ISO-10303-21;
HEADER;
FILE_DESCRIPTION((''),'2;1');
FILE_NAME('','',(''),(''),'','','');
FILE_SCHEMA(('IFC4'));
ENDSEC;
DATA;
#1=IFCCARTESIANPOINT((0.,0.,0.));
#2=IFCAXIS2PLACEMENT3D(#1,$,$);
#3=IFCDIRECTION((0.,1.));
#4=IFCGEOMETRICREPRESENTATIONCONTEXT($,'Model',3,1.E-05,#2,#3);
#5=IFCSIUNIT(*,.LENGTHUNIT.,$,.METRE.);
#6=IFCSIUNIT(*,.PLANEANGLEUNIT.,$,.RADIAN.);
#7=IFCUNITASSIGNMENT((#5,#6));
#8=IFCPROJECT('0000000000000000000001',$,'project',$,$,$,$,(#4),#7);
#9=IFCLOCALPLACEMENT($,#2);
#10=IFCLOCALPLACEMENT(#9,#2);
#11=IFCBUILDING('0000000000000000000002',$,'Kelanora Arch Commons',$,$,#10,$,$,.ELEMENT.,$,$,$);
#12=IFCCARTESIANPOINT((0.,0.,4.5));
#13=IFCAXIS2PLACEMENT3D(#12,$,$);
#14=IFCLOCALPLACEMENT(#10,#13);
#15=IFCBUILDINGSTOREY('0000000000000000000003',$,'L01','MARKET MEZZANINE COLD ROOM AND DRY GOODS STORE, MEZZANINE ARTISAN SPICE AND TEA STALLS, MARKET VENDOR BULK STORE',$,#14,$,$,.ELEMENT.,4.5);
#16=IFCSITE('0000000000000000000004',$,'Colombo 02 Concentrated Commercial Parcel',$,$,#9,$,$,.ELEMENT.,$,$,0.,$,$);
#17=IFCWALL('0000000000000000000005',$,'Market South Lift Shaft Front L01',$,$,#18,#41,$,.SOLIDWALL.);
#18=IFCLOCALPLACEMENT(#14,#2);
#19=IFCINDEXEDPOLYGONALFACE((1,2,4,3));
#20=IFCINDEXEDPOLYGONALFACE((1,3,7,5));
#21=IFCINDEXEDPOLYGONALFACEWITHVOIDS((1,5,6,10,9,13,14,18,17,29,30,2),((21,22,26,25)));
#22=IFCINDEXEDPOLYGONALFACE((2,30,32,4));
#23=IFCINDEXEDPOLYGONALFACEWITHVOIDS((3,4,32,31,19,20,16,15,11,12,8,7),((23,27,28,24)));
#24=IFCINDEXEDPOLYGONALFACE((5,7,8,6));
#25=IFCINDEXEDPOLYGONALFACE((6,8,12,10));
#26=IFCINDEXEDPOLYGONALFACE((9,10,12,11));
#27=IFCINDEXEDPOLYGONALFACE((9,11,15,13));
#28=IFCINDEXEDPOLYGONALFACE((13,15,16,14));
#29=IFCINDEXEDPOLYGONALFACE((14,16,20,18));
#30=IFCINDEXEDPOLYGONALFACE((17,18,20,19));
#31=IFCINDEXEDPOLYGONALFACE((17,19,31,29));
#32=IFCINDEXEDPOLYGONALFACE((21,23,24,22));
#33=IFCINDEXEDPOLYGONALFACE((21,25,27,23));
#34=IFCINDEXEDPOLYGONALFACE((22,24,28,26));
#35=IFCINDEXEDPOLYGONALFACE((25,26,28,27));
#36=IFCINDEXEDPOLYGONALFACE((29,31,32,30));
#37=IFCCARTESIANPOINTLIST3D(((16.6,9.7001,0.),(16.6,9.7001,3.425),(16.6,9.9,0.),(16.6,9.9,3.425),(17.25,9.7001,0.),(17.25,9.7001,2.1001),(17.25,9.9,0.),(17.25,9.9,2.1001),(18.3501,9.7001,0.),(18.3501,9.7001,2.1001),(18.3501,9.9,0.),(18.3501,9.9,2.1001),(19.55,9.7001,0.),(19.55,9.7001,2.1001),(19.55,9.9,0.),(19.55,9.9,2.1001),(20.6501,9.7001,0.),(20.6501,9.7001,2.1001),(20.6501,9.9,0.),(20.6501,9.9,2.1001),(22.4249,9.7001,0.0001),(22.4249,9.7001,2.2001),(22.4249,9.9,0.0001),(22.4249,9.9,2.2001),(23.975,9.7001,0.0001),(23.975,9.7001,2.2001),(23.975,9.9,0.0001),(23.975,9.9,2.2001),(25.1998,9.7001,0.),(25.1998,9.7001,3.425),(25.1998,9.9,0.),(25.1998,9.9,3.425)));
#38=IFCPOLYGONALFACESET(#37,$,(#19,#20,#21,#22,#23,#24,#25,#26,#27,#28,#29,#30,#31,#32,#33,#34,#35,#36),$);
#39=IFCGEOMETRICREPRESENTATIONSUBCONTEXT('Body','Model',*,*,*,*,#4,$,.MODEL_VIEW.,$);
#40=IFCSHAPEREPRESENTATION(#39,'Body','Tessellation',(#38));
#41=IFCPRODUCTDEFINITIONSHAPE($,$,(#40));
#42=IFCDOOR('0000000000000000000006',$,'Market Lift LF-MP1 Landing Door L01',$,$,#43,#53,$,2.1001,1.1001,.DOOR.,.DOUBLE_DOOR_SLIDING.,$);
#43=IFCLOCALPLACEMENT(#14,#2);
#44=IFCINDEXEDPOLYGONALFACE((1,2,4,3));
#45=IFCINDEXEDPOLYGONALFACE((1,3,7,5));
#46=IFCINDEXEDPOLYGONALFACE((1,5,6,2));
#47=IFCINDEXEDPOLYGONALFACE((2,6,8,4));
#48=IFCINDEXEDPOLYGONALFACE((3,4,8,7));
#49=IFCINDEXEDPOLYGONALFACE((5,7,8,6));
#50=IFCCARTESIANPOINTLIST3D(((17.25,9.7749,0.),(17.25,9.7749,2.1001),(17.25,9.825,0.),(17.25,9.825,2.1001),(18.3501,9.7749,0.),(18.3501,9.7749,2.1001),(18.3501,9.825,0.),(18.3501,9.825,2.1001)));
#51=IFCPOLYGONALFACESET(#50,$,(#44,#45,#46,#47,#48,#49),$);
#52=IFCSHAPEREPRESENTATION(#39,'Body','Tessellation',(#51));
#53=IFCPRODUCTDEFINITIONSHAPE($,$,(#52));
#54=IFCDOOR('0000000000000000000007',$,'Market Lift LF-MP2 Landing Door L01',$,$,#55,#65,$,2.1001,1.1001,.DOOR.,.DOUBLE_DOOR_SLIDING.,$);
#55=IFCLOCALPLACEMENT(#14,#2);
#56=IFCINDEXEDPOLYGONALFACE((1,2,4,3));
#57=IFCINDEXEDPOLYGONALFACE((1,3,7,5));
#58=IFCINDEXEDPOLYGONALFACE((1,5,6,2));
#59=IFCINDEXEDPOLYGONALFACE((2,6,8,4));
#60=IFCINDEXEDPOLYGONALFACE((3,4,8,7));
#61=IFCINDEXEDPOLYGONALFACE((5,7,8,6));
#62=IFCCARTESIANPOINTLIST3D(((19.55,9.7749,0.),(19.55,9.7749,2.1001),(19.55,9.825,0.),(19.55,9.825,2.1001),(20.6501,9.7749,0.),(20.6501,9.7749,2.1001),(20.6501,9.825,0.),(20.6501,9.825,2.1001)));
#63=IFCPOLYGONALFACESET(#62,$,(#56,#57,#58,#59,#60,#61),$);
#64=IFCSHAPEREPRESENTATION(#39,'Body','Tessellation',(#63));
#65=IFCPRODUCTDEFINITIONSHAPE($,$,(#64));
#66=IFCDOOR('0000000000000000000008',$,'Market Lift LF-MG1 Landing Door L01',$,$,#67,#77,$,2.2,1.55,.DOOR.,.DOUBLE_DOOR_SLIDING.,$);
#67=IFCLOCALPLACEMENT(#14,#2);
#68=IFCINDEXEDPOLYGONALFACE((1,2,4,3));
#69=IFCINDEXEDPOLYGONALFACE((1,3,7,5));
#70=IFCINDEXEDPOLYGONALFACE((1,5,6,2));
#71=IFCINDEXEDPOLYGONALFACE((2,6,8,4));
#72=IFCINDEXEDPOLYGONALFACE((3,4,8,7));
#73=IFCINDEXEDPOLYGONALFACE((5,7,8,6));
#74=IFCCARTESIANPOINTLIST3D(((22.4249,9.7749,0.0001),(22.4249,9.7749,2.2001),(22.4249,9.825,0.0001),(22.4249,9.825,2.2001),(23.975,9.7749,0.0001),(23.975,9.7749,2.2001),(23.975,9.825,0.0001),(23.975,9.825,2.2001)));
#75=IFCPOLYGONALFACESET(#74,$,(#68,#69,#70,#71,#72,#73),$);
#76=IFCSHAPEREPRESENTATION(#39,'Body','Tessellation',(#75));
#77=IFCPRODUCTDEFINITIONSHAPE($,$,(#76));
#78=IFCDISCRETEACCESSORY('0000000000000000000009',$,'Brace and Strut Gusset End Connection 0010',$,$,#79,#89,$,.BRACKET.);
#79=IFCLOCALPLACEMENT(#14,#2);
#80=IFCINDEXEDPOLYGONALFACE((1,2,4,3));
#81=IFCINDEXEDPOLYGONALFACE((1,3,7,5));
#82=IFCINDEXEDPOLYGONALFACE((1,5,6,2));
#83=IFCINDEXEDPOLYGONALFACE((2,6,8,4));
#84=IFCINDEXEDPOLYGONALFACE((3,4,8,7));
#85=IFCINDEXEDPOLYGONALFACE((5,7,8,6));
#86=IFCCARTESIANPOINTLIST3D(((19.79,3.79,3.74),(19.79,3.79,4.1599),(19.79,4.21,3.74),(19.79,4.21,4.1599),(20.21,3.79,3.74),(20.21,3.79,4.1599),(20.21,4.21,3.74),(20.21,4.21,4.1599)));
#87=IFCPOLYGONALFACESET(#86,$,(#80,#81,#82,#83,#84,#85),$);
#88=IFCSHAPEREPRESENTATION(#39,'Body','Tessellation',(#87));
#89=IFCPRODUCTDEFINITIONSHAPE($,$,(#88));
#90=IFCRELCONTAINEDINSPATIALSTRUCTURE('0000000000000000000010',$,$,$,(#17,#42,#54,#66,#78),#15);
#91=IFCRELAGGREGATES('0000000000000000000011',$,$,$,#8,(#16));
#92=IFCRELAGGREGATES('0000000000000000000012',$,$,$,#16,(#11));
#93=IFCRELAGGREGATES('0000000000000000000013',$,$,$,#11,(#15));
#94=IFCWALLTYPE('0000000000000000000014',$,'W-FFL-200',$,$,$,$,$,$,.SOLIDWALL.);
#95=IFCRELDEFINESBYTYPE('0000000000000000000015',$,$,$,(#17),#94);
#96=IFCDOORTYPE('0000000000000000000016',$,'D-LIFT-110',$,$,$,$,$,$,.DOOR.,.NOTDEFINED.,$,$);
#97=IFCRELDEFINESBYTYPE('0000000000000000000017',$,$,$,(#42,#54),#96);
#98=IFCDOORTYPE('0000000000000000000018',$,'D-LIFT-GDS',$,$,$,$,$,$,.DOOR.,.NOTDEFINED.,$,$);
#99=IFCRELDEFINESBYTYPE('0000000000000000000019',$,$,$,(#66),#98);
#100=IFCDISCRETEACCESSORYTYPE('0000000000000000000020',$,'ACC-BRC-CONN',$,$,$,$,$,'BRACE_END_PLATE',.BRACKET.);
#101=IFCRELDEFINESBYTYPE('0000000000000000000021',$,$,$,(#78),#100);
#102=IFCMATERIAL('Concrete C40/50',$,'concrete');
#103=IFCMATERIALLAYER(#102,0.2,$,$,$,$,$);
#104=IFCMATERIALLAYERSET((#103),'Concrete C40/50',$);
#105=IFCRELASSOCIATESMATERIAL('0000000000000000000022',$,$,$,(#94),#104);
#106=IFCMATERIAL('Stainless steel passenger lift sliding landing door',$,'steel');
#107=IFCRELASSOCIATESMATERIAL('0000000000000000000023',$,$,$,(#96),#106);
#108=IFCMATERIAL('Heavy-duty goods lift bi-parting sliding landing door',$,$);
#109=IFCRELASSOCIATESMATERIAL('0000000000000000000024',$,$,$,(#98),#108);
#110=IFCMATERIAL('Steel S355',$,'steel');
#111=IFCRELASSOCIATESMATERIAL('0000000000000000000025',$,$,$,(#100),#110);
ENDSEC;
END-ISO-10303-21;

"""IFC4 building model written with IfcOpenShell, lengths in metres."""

from ifc_helpers import new_model, si_unit, direction, frame, frame_2d, origin, origin_2d, place, context, subcontext, project, spatial, rectangle, extrude, source, transform, mapped, material, layer, layer_set, type_object, element, fill, save


model = new_model("IFC4")

# Units and contexts
model_context = context("Model", 3, precision=1e-05, world=origin(), true_north=direction((0.0, 1.0)))
body_context = subcontext(model_context, "Body", "Model", "MODEL_VIEW")
ifc_project = project(units=[si_unit("LENGTHUNIT", "METRE"), si_unit("PLANEANGLEUNIT", "RADIAN")], contexts=[model_context])

# Site, building, storey
site_placement = place(None, origin())
site = spatial("IfcSite", under=ifc_project, at=site_placement, Name="Colombo 02 Concentrated Commercial Parcel", CompositionType="ELEMENT", RefElevation=0.0)
building_placement = place(site_placement, origin())
building = spatial("IfcBuilding", under=site, at=building_placement, Name="Kelanora Arch Commons", CompositionType="ELEMENT")
storey_placement = place(building_placement, frame((0.0, 0.0, 4.5)))
storey = spatial("IfcBuildingStorey", under=building, at=storey_placement, Name="L01", Description="MARKET MEZZANINE COLD ROOM AND DRY GOODS STORE, MEZZANINE ARTISAN SPICE AND TEA STALLS, MARKET VENDOR BULK STORE", CompositionType="ELEMENT", Elevation=4.5)

# Shared definitions
ifc_material_1 = material(Name="Concrete C40/50", Category="concrete")

# Wall, openings, doors
ifc_layer_1 = layer(ifc_material_1, 0.2)
ifc_layer_set_1 = layer_set([ifc_layer_1], Name="Concrete C40/50")
wall_type_1 = type_object("IfcWallType", Name="W-FFL-200", PredefinedType="SOLIDWALL", material=ifc_layer_set_1)
wall_1_placement = place(storey_placement, frame((16.6001, 9.8, 0.0), z_axis=(0.0, 0.0, 1.0), x_axis=(1.0, 0.0, 0.0)))
wall_1 = element("IfcWall", 1, at=wall_1_placement, inside=storey, type_object=wall_type_1, Name="Market South Lift Shaft Front L01", PredefinedType="SOLIDWALL", context=body_context, shape_type="SweptSolid", body=[
    extrude(rectangle(XDim=8.5999, YDim=0.2, at=frame_2d((4.2998, 0.0))), origin(), (0.0, 0.0, 1.0), 3.425),
])
opening_1_placement = place(wall_1_placement, frame((0.6499, 0.0, 0.0)))
opening_1 = element("IfcOpeningElement", 2, at=opening_1_placement, cuts=wall_1, PredefinedType="OPENING", context=body_context, shape_type="SweptSolid", body=[
    extrude(rectangle(XDim=1.1001, YDim=2.1001, at=frame_2d((0.55, 1.05))), frame((0.0, 0.1099, 0.0), z_axis=(0.0, -1.0, 0.0), x_axis=(1.0, 0.0, 0.0)), (0.0, 0.0, 1.0), 0.22),
])
opening_2_placement = place(wall_1_placement, frame((2.95, 0.0, 0.0)))
opening_2 = element("IfcOpeningElement", 3, at=opening_2_placement, cuts=wall_1, PredefinedType="OPENING", context=body_context, shape_type="SweptSolid", body=[
    extrude(rectangle(XDim=1.1001, YDim=2.1001, at=frame_2d((0.55, 1.05))), frame((0.0, 0.1099, 0.0), z_axis=(0.0, -1.0, 0.0), x_axis=(1.0, 0.0, 0.0)), (0.0, 0.0, 1.0), 0.22),
])
opening_3_placement = place(wall_1_placement, frame((5.825, 0.0, 0.0)))
opening_3 = element("IfcOpeningElement", 4, at=opening_3_placement, cuts=wall_1, PredefinedType="OPENING", context=body_context, shape_type="SweptSolid", body=[
    extrude(rectangle(XDim=1.55, YDim=2.2, at=frame_2d((0.7749, 1.1001))), frame((0.0, 0.1099, 0.0), z_axis=(0.0, -1.0, 0.0), x_axis=(1.0, 0.0, 0.0)), (0.0, 0.0, 1.0), 0.22),
])
ifc_material_2 = material(Name="Stainless steel passenger lift sliding landing door", Category="steel")
door_type_1 = type_object("IfcDoorType", Name="D-LIFT-110", OperationType="NOTDEFINED", PredefinedType="DOOR", material=ifc_material_2)
door_1_placement = place(opening_1_placement, origin())
door_1 = element("IfcDoor", 5, at=door_1_placement, inside=storey, type_object=door_type_1, Name="Market Lift LF-MP1 Landing Door L01", OperationType="DOUBLE_DOOR_SLIDING", OverallHeight=2.1001, OverallWidth=1.1001, PredefinedType="DOOR", context=body_context, shape_type="SweptSolid", body=[
    extrude(rectangle(XDim=1.1001, YDim=2.1001, at=frame_2d((0.55, 1.05))), frame((0.0, 0.0249, 0.0), z_axis=(0.0, -1.0, 0.0), x_axis=(1.0, 0.0, 0.0)), (0.0, 0.0, 1.0), 0.05),
])
fill(opening_1, door_1)
door_2_placement = place(opening_2_placement, origin())
door_2 = element("IfcDoor", 6, at=door_2_placement, inside=storey, type_object=door_type_1, Name="Market Lift LF-MP2 Landing Door L01", OperationType="DOUBLE_DOOR_SLIDING", OverallHeight=2.1001, OverallWidth=1.1001, PredefinedType="DOOR", context=body_context, shape_type="SweptSolid", body=[
    extrude(rectangle(XDim=1.1001, YDim=2.1001, at=frame_2d((0.55, 1.05))), frame((0.0, 0.0249, 0.0), z_axis=(0.0, -1.0, 0.0), x_axis=(1.0, 0.0, 0.0)), (0.0, 0.0, 1.0), 0.05),
])
fill(opening_2, door_2)
ifc_material_3 = material(Name="Heavy-duty goods lift bi-parting sliding landing door")
door_type_2 = type_object("IfcDoorType", Name="D-LIFT-GDS", OperationType="NOTDEFINED", PredefinedType="DOOR", material=ifc_material_3)
door_3_placement = place(opening_3_placement, origin())
door_3 = element("IfcDoor", 7, at=door_3_placement, inside=storey, type_object=door_type_2, Name="Market Lift LF-MG1 Landing Door L01", OperationType="DOUBLE_DOOR_SLIDING", OverallHeight=2.2, OverallWidth=1.55, PredefinedType="DOOR", context=body_context, shape_type="SweptSolid", body=[
    extrude(rectangle(XDim=1.55, YDim=2.2, at=frame_2d((0.7749, 1.1001))), frame((0.0, 0.0249, 0.0), z_axis=(0.0, -1.0, 0.0), x_axis=(1.0, 0.0, 0.0)), (0.0, 0.0, 1.0), 0.05),
])
fill(opening_3, door_3)

# Discrete accessory
ifc_material_4 = material(Name="Steel S355", Category="steel")
discrete_accessory_type = type_object("IfcDiscreteAccessoryType", Name="ACC-BRC-CONN", ElementType="BRACE_END_PLATE", PredefinedType="BRACKET", material=ifc_material_4)
shared_shape_1 = source(origin(), body_context, "Body", "SweptSolid", [
    extrude(rectangle(XDim=0.4199, YDim=0.4199, at=origin_2d()), origin(), (0.0, 0.0, 1.0), 0.4199),
])
discrete_accessory_placement = place(storey_placement, frame((20.0, 4.0, 3.74), z_axis=(0.0, 0.0, 1.0), x_axis=(1.0, 0.0, 0.0)))
element("IfcDiscreteAccessory", 8, at=discrete_accessory_placement, inside=storey, type_object=discrete_accessory_type, Name="Brace and Strut Gusset End Connection 0010", PredefinedType="BRACKET", context=body_context, shape_type="MappedRepresentation", body=[
    mapped(shared_shape_1, transform((0.0, 0.0, 0.0), scale=1.0)),
])

save(model, "model.ifc")
